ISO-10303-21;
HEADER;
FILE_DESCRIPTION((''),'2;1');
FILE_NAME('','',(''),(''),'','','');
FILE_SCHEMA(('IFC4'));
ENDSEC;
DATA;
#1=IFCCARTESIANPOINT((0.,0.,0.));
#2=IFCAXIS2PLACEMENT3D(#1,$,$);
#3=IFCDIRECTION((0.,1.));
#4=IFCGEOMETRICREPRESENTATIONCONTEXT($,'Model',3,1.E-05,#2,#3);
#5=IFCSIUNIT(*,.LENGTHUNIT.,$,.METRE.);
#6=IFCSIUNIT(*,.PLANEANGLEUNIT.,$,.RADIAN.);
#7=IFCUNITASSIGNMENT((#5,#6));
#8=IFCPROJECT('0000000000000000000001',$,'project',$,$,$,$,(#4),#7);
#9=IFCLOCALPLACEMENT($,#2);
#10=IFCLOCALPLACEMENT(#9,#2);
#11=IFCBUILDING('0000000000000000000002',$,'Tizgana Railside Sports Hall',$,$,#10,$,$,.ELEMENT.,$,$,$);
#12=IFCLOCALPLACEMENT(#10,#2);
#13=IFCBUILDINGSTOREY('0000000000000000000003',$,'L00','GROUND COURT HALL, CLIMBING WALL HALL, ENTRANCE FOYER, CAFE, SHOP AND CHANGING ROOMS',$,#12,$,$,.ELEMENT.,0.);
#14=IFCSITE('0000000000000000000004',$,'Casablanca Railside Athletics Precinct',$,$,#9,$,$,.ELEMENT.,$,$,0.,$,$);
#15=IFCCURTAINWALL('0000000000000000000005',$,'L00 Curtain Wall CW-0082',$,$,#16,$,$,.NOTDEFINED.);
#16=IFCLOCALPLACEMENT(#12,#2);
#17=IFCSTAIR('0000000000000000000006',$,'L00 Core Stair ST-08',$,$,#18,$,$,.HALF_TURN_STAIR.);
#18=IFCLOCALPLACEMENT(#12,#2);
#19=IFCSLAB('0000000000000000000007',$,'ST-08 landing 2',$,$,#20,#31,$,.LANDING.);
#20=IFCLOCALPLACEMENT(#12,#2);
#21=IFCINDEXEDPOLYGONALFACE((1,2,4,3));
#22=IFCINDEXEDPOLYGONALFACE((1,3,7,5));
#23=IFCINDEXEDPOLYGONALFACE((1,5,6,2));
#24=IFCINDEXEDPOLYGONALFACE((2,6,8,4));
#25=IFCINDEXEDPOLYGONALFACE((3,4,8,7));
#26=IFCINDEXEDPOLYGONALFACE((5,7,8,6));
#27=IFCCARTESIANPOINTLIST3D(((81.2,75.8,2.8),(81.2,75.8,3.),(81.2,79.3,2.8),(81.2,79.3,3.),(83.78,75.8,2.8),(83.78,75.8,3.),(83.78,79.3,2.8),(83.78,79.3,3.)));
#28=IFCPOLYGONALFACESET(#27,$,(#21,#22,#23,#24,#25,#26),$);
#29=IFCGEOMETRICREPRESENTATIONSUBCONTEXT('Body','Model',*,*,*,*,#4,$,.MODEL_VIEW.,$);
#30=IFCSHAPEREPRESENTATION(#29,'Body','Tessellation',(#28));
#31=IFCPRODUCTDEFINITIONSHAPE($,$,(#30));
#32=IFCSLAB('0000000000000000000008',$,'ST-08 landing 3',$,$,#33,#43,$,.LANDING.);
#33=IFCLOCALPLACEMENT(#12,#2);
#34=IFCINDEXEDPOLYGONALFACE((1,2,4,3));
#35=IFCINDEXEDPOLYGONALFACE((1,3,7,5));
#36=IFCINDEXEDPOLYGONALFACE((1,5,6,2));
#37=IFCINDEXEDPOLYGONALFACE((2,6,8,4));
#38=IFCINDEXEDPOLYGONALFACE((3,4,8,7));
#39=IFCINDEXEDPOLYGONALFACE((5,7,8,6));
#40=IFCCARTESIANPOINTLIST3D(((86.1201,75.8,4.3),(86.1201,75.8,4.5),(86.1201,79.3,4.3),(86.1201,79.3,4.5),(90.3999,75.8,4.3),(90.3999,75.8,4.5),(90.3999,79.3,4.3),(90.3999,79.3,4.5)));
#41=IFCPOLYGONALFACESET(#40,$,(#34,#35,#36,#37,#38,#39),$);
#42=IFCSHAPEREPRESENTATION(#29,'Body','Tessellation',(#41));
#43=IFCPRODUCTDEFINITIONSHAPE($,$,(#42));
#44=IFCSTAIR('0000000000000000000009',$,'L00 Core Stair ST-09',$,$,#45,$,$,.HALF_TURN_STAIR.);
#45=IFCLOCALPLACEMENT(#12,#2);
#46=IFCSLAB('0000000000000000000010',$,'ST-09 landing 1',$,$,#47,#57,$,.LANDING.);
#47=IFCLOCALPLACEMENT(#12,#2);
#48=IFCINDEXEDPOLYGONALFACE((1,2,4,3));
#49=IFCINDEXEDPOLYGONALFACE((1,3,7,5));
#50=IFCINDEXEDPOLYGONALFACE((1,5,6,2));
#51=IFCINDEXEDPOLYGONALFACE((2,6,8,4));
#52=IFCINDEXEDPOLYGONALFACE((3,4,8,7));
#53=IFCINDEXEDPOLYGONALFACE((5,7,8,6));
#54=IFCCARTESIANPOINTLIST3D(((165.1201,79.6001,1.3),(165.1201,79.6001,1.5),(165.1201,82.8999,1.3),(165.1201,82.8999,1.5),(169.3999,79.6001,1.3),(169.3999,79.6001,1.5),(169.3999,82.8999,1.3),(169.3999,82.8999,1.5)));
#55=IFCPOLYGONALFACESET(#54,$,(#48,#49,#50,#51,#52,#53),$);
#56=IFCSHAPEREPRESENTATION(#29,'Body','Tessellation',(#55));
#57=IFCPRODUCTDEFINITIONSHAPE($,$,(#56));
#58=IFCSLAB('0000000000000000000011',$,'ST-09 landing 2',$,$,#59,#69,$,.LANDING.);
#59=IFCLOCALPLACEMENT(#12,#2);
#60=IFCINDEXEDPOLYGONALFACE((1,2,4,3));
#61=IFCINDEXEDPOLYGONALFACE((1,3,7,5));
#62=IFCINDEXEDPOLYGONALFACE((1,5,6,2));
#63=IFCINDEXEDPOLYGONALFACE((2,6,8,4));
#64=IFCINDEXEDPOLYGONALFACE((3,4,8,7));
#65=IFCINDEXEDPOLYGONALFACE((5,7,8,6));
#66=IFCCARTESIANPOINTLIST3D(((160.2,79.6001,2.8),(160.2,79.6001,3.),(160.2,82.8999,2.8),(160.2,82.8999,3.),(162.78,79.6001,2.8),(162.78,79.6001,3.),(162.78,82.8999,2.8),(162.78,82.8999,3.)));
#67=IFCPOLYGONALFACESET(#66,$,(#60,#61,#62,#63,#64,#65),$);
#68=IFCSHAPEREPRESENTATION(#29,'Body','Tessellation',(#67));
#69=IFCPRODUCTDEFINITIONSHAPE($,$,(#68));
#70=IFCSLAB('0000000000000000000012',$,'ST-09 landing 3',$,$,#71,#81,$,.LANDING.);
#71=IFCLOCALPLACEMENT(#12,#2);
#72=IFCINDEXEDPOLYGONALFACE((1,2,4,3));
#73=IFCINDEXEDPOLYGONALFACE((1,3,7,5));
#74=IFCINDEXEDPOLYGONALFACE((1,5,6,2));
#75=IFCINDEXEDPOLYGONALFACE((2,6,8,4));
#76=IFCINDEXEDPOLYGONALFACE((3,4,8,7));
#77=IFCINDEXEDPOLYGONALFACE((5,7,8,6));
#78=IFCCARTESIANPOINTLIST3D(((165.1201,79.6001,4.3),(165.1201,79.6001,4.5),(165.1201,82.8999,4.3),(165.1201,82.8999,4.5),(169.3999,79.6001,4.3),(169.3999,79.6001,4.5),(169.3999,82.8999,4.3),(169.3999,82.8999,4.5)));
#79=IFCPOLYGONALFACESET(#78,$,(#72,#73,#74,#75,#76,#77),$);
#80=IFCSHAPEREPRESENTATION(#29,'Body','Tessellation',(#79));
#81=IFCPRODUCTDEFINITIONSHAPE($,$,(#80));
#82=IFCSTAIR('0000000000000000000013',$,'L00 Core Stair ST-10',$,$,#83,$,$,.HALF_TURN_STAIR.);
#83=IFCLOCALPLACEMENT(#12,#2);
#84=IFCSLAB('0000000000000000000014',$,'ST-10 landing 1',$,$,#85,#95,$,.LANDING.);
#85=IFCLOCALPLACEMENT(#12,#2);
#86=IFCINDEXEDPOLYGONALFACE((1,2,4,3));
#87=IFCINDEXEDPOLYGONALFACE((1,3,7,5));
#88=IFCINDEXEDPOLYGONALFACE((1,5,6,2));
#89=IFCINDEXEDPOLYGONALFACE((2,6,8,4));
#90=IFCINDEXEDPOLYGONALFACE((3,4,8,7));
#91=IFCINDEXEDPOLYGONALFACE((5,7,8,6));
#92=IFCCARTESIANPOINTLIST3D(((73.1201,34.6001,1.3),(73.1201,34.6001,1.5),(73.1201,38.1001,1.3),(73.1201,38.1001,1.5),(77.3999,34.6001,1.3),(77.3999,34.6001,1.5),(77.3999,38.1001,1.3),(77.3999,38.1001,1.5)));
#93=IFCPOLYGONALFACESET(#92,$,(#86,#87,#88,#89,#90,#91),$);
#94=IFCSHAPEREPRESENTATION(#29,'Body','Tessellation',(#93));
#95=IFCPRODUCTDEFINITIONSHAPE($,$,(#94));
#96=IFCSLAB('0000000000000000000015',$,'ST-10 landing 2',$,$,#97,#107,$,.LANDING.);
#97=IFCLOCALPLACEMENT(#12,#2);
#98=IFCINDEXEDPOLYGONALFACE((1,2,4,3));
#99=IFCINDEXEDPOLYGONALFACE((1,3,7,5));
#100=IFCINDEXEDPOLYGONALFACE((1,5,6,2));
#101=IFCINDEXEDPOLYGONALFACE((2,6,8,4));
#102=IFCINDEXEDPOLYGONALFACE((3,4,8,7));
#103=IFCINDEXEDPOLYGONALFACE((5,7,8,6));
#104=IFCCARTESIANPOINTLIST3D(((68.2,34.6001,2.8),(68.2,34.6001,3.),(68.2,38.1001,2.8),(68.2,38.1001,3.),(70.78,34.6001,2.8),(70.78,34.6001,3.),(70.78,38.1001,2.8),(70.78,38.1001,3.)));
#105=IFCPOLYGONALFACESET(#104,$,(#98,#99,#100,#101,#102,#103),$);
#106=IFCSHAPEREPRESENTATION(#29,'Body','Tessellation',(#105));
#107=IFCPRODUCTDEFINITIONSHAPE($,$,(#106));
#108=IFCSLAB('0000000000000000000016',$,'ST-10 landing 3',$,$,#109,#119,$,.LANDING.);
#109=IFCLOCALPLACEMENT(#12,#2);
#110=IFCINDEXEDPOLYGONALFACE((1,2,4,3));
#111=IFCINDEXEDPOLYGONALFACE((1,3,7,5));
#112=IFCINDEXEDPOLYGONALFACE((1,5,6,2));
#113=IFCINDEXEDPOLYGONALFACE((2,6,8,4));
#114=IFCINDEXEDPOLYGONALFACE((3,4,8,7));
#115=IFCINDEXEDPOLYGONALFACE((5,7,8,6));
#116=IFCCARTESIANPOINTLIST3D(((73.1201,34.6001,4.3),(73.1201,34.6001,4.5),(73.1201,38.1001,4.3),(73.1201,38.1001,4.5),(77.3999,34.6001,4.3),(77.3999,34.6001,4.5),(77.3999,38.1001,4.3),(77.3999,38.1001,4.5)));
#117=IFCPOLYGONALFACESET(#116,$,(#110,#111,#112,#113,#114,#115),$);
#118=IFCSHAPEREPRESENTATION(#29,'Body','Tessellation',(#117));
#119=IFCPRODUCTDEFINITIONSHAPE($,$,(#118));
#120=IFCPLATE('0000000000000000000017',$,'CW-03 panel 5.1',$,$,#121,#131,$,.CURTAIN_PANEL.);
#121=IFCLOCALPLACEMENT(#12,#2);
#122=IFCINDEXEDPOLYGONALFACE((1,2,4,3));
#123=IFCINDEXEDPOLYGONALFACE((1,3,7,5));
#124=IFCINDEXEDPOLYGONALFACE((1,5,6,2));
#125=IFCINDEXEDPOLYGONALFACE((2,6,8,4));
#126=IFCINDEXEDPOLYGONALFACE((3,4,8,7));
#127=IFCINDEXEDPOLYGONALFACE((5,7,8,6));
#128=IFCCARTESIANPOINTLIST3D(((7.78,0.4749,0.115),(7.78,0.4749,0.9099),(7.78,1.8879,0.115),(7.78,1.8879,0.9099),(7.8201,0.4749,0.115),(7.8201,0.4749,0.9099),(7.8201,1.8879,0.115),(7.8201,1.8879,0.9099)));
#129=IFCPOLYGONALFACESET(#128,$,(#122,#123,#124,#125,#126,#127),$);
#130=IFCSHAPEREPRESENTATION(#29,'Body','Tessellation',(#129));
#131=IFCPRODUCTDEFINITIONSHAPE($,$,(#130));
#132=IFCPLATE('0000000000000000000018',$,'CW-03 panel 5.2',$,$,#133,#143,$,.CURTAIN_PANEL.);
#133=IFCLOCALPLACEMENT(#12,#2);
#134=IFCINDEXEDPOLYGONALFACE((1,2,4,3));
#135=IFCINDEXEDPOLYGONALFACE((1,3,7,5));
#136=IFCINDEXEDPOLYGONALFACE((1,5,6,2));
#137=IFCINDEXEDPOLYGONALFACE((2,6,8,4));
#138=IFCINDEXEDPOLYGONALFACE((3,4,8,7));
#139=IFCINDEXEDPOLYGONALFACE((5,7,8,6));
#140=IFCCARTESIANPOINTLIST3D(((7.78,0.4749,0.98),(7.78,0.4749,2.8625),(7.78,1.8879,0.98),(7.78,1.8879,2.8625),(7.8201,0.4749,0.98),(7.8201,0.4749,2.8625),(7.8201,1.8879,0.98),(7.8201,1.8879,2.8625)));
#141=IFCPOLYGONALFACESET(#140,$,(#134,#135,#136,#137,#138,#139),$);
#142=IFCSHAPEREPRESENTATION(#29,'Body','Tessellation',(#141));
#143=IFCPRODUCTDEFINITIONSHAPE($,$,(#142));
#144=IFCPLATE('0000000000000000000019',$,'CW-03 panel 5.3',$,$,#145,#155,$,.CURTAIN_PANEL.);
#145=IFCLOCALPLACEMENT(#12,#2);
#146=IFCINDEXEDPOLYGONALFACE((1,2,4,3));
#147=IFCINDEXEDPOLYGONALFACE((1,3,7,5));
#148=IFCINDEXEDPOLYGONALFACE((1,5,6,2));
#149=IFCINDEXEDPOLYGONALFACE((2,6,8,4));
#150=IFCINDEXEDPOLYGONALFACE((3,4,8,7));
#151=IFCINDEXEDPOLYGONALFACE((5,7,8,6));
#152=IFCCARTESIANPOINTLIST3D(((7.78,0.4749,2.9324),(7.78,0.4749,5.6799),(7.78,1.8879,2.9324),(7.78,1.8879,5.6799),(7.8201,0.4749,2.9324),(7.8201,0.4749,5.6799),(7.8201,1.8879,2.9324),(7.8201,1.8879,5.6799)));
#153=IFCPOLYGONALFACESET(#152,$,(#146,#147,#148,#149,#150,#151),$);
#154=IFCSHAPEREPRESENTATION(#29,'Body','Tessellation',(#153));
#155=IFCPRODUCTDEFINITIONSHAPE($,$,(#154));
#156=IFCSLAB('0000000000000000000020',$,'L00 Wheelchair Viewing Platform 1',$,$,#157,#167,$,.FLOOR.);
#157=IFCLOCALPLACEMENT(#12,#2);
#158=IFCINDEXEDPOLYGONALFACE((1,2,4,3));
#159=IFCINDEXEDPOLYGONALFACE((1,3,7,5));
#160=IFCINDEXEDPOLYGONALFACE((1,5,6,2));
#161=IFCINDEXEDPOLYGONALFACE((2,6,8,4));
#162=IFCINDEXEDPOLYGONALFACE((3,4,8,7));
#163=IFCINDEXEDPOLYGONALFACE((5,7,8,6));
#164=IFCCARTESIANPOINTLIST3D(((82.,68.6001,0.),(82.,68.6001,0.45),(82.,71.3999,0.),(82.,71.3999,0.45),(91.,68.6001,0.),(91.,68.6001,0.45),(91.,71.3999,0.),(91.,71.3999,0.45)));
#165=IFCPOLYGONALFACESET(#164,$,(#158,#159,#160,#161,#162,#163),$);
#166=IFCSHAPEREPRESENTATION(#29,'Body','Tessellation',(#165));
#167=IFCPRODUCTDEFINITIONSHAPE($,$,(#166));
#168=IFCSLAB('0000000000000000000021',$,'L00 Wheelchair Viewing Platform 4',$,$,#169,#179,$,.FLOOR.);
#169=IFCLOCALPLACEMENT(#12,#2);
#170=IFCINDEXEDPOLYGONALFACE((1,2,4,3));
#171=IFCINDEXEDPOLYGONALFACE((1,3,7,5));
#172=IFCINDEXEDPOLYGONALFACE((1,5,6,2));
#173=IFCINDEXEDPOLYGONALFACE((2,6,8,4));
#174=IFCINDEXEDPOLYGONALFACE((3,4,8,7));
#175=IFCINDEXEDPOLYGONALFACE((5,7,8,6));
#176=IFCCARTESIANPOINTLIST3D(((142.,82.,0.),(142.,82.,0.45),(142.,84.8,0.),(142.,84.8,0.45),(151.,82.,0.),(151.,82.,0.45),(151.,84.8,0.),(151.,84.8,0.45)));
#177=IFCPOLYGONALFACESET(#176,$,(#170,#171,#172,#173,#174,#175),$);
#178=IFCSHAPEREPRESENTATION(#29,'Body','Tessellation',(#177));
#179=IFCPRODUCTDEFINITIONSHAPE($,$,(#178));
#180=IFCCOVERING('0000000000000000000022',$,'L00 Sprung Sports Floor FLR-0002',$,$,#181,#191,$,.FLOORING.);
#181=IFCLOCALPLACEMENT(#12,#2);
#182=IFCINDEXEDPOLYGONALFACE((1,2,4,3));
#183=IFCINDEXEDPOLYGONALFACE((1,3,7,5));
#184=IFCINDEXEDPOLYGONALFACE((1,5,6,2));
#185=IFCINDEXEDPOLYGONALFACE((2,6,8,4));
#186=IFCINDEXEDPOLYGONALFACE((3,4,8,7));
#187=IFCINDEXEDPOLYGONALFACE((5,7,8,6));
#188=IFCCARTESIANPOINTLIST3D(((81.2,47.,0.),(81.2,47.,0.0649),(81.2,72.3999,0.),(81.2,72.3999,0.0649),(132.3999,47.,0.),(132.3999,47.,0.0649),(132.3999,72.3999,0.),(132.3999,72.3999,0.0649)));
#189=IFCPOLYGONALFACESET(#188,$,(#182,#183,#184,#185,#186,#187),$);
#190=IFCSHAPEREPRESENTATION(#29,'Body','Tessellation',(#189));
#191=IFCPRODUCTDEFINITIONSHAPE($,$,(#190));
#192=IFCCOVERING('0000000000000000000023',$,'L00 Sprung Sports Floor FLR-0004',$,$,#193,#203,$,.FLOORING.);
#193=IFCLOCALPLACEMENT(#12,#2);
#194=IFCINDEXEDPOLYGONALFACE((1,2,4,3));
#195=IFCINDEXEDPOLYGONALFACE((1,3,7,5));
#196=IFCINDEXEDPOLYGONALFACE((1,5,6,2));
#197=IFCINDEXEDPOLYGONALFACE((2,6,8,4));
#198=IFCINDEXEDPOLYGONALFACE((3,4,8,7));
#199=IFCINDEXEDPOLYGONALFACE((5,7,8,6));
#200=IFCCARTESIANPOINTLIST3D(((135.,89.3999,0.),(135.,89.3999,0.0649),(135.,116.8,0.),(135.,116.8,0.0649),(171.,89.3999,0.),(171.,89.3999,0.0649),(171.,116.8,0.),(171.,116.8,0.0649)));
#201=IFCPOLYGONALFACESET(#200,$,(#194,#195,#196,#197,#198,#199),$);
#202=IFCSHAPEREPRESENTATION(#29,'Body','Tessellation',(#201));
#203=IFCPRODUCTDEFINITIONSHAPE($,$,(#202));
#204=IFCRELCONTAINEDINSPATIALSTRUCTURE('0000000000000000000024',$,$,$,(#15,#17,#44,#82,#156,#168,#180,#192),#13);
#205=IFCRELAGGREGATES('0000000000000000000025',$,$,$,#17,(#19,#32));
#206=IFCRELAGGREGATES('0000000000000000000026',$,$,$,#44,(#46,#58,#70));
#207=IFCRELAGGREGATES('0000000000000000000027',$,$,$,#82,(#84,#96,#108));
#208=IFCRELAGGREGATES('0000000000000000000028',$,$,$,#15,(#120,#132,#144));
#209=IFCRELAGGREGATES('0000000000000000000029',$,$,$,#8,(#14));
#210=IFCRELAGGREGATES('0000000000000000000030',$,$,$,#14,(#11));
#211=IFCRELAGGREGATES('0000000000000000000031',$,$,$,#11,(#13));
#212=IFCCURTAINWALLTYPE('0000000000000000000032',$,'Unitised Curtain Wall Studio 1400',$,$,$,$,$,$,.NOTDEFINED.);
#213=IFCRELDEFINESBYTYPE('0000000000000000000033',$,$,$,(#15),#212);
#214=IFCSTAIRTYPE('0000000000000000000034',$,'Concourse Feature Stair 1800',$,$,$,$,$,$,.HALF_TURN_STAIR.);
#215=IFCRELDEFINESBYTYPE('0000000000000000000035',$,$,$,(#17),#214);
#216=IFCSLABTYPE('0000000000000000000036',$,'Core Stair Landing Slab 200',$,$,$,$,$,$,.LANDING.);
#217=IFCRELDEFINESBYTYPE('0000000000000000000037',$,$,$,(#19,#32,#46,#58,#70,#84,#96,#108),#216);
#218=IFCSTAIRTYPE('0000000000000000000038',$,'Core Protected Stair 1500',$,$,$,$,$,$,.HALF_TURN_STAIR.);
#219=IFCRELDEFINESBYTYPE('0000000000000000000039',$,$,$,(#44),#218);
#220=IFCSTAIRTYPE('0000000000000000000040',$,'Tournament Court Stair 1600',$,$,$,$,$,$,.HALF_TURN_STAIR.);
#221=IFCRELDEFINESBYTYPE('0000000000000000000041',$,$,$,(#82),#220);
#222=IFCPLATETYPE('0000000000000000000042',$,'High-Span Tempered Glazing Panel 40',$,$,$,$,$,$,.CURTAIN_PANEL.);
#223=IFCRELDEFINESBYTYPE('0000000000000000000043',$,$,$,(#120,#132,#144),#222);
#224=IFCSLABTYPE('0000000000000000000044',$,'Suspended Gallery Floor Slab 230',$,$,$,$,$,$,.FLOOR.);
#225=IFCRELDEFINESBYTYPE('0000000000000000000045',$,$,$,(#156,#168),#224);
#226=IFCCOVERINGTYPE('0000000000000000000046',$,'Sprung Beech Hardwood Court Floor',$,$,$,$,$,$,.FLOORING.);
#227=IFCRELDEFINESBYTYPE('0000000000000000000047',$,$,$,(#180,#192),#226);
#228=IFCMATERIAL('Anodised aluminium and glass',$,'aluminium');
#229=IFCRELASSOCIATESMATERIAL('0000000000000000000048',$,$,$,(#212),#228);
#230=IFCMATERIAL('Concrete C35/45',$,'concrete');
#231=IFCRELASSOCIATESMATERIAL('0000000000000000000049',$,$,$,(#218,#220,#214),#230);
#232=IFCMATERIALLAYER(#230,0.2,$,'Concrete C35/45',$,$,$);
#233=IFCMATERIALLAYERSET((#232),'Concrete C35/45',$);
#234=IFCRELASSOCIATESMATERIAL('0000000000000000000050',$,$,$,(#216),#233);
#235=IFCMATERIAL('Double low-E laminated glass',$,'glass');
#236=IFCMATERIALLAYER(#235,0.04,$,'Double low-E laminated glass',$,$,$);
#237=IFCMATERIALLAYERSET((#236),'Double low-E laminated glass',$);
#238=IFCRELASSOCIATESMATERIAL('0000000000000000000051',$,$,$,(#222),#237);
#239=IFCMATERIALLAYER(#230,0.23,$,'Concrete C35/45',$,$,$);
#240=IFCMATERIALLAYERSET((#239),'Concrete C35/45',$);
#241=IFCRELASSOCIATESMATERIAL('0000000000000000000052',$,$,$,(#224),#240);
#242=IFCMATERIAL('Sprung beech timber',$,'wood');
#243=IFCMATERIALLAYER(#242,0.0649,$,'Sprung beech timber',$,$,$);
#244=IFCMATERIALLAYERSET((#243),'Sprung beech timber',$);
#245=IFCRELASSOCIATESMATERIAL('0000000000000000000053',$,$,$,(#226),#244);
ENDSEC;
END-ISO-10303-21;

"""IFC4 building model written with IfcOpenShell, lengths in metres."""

from ifc_helpers import new_model, si_unit, direction, frame, origin, origin_2d, place, context, subcontext, project, spatial, polyline, rectangle, outline, extrude, material, layer, layer_set, type_object, element, aggregate, save


model = new_model("IFC4")

# Units and contexts
model_context = context("Model", 3, precision=1e-05, world=origin(), true_north=direction((0.0, 1.0)))
body_context = subcontext(model_context, "Body", "Model", "MODEL_VIEW")
ifc_project = project(units=[si_unit("LENGTHUNIT", "METRE"), si_unit("PLANEANGLEUNIT", "RADIAN")], contexts=[model_context])

# Site, building, storey
site_placement = place(None, origin())
site = spatial("IfcSite", under=ifc_project, at=site_placement, Name="Casablanca Railside Athletics Precinct", CompositionType="ELEMENT", RefElevation=0.0)
building_placement = place(site_placement, origin())
building = spatial("IfcBuilding", under=site, at=building_placement, Name="Tizgana Railside Sports Hall", CompositionType="ELEMENT")
storey_placement = place(building_placement, origin())
storey = spatial("IfcBuildingStorey", under=building, at=storey_placement, Name="L00", Description="GROUND COURT HALL, CLIMBING WALL HALL, ENTRANCE FOYER, CAFE, SHOP AND CHANGING ROOMS", CompositionType="ELEMENT", Elevation=0.0)

# Curtain wall
ifc_material_1 = material(Name="Anodised aluminium and glass", Category="aluminium")
curtain_wall_type = type_object("IfcCurtainWallType", Name="Unitised Curtain Wall Studio 1400", PredefinedType="NOTDEFINED", material=ifc_material_1)
curtain_wall_placement = place(storey_placement, origin())
curtain_wall = element("IfcCurtainWall", 1, at=curtain_wall_placement, inside=storey, type_object=curtain_wall_type, Name="L00 Curtain Wall CW-0082", PredefinedType="NOTDEFINED")

# Shared definitions
ifc_material_2 = material(Name="Concrete C35/45", Category="concrete")
stair_type_1 = type_object("IfcStairType", Name="Core Protected Stair 1500", PredefinedType="HALF_TURN_STAIR", material=ifc_material_2)
ifc_layer_1 = layer(ifc_material_2, 0.2, Name="Concrete C35/45")
ifc_layer_set_1 = layer_set([ifc_layer_1], Name="Concrete C35/45")
slab_type_1 = type_object("IfcSlabType", Name="Core Stair Landing Slab 200", PredefinedType="LANDING", material=ifc_layer_set_1)

# Stairs, slabs
stair_type_2 = type_object("IfcStairType", Name="Tournament Court Stair 1600", PredefinedType="HALF_TURN_STAIR", material=ifc_material_2)
stair_type_3 = type_object("IfcStairType", Name="Concourse Feature Stair 1800", PredefinedType="HALF_TURN_STAIR", material=ifc_material_2)
stair_1_placement = place(storey_placement, origin())
stair_1 = element("IfcStair", 2, at=stair_1_placement, inside=storey, type_object=stair_type_3, Name="L00 Core Stair ST-08", PredefinedType="HALF_TURN_STAIR")
slab_1_placement = place(storey_placement, frame((0.0, 0.0, 2.8)))
slab_1 = element("IfcSlab", 3, at=slab_1_placement, type_object=slab_type_1, Name="ST-08 landing 2", PredefinedType="LANDING", context=body_context, shape_type="SweptSolid", body=[
    extrude(outline(polyline([(81.2, 75.8), (83.78, 75.8), (83.78, 79.3), (81.2, 79.3), (81.2, 75.8)])), origin(), (0.0, 0.0, 1.0), 0.2),
])
slab_2_placement = place(storey_placement, frame((0.0, 0.0, 4.3)))
slab_2 = element("IfcSlab", 4, at=slab_2_placement, type_object=slab_type_1, Name="ST-08 landing 3", PredefinedType="LANDING", context=body_context, shape_type="SweptSolid", body=[
    extrude(outline(polyline([(86.1201, 75.8), (90.3999, 75.8), (90.3999, 79.3), (86.1201, 79.3), (86.1201, 75.8)])), origin(), (0.0, 0.0, 1.0), 0.2),
])
aggregate(stair_1, [slab_1, slab_2])
stair_2_placement = place(storey_placement, origin())
stair_2 = element("IfcStair", 5, at=stair_2_placement, inside=storey, type_object=stair_type_1, Name="L00 Core Stair ST-09", PredefinedType="HALF_TURN_STAIR")
slab_3_placement = place(storey_placement, frame((0.0, 0.0, 1.3)))
slab_3 = element("IfcSlab", 6, at=slab_3_placement, type_object=slab_type_1, Name="ST-09 landing 1", PredefinedType="LANDING", context=body_context, shape_type="SweptSolid", body=[
    extrude(outline(polyline([(165.1201, 79.6001), (169.3999, 79.6001), (169.3999, 82.8999), (165.1201, 82.8999), (165.1201, 79.6001)])), origin(), (0.0, 0.0, 1.0), 0.2),
])
slab_4_placement = place(storey_placement, frame((0.0, 0.0, 2.8)))
slab_4 = element("IfcSlab", 7, at=slab_4_placement, type_object=slab_type_1, Name="ST-09 landing 2", PredefinedType="LANDING", context=body_context, shape_type="SweptSolid", body=[
    extrude(outline(polyline([(160.2, 79.6001), (162.78, 79.6001), (162.78, 82.8999), (160.2, 82.8999), (160.2, 79.6001)])), origin(), (0.0, 0.0, 1.0), 0.2),
])
slab_5_placement = place(storey_placement, frame((0.0, 0.0, 4.3)))
slab_5 = element("IfcSlab", 8, at=slab_5_placement, type_object=slab_type_1, Name="ST-09 landing 3", PredefinedType="LANDING", context=body_context, shape_type="SweptSolid", body=[
    extrude(outline(polyline([(165.1201, 79.6001), (169.3999, 79.6001), (169.3999, 82.8999), (165.1201, 82.8999), (165.1201, 79.6001)])), origin(), (0.0, 0.0, 1.0), 0.2),
])
aggregate(stair_2, [slab_3, slab_4, slab_5])
stair_3_placement = place(storey_placement, origin())
stair_3 = element("IfcStair", 9, at=stair_3_placement, inside=storey, type_object=stair_type_2, Name="L00 Core Stair ST-10", PredefinedType="HALF_TURN_STAIR")
slab_6_placement = place(storey_placement, frame((0.0, 0.0, 1.3)))
slab_6 = element("IfcSlab", 10, at=slab_6_placement, type_object=slab_type_1, Name="ST-10 landing 1", PredefinedType="LANDING", context=body_context, shape_type="SweptSolid", body=[
    extrude(outline(polyline([(73.1201, 34.6001), (77.3999, 34.6001), (77.3999, 38.1001), (73.1201, 38.1001), (73.1201, 34.6001)])), origin(), (0.0, 0.0, 1.0), 0.2),
])
slab_7_placement = place(storey_placement, frame((0.0, 0.0, 2.8)))
slab_7 = element("IfcSlab", 11, at=slab_7_placement, type_object=slab_type_1, Name="ST-10 landing 2", PredefinedType="LANDING", context=body_context, shape_type="SweptSolid", body=[
    extrude(outline(polyline([(68.2, 34.6001), (70.78, 34.6001), (70.78, 38.1001), (68.2, 38.1001), (68.2, 34.6001)])), origin(), (0.0, 0.0, 1.0), 0.2),
])
slab_8_placement = place(storey_placement, frame((0.0, 0.0, 4.3)))
slab_8 = element("IfcSlab", 12, at=slab_8_placement, type_object=slab_type_1, Name="ST-10 landing 3", PredefinedType="LANDING", context=body_context, shape_type="SweptSolid", body=[
    extrude(outline(polyline([(73.1201, 34.6001), (77.3999, 34.6001), (77.3999, 38.1001), (73.1201, 38.1001), (73.1201, 34.6001)])), origin(), (0.0, 0.0, 1.0), 0.2),
])
aggregate(stair_3, [slab_6, slab_7, slab_8])

# Plates
ifc_material_3 = material(Name="Double low-E laminated glass", Category="glass")
ifc_layer_2 = layer(ifc_material_3, 0.04, Name="Double low-E laminated glass")
ifc_layer_set_2 = layer_set([ifc_layer_2], Name="Double low-E laminated glass")
plate_type = type_object("IfcPlateType", Name="High-Span Tempered Glazing Panel 40", PredefinedType="CURTAIN_PANEL", material=ifc_layer_set_2)
plate_1_placement = place(storey_placement, frame((7.8, 1.1814, 0.115), z_axis=(0.0, 0.0, 1.0), x_axis=(0.0, -1.0, 0.0)))
plate_1 = element("IfcPlate", 13, at=plate_1_placement, type_object=plate_type, Name="CW-03 panel 5.1", PredefinedType="CURTAIN_PANEL", context=body_context, shape_type="SweptSolid", body=[
    extrude(rectangle(XDim=1.4131, YDim=0.04, at=origin_2d()), origin(), (0.0, 0.0, 1.0), 0.7949),
])
plate_2_placement = place(storey_placement, frame((7.8, 1.1814, 0.98), z_axis=(0.0, 0.0, 1.0), x_axis=(0.0, -1.0, 0.0)))
plate_2 = element("IfcPlate", 14, at=plate_2_placement, type_object=plate_type, Name="CW-03 panel 5.2", PredefinedType="CURTAIN_PANEL", context=body_context, shape_type="SweptSolid", body=[
    extrude(rectangle(XDim=1.4131, YDim=0.04, at=origin_2d()), origin(), (0.0, 0.0, 1.0), 1.8826),
])
plate_3_placement = place(storey_placement, frame((7.8, 1.1814, 2.9324), z_axis=(0.0, 0.0, 1.0), x_axis=(0.0, -1.0, 0.0)))
plate_3 = element("IfcPlate", 15, at=plate_3_placement, type_object=plate_type, Name="CW-03 panel 5.3", PredefinedType="CURTAIN_PANEL", context=body_context, shape_type="SweptSolid", body=[
    extrude(rectangle(XDim=1.4131, YDim=0.04, at=origin_2d()), origin(), (0.0, 0.0, 1.0), 2.7476),
])
aggregate(curtain_wall, [plate_1, plate_2, plate_3])

# Slabs
ifc_layer_3 = layer(ifc_material_2, 0.23, Name="Concrete C35/45")
ifc_layer_set_3 = layer_set([ifc_layer_3], Name="Concrete C35/45")
slab_type_2 = type_object("IfcSlabType", Name="Suspended Gallery Floor Slab 230", PredefinedType="FLOOR", material=ifc_layer_set_3)
slab_9_placement = place(storey_placement, origin())
element("IfcSlab", 16, at=slab_9_placement, inside=storey, type_object=slab_type_2, Name="L00 Wheelchair Viewing Platform 1", PredefinedType="FLOOR", context=body_context, shape_type="SweptSolid", body=[
    extrude(outline(polyline([(82.0, 68.6001), (91.0, 68.6001), (91.0, 71.3999), (82.0, 71.3999), (82.0, 68.6001)])), origin(), (0.0, 0.0, 1.0), 0.45),
])
slab_10_placement = place(storey_placement, origin())
element("IfcSlab", 17, at=slab_10_placement, inside=storey, type_object=slab_type_2, Name="L00 Wheelchair Viewing Platform 4", PredefinedType="FLOOR", context=body_context, shape_type="SweptSolid", body=[
    extrude(outline(polyline([(142.0, 82.0), (151.0, 82.0), (151.0, 84.8), (142.0, 84.8), (142.0, 82.0)])), origin(), (0.0, 0.0, 1.0), 0.45),
])

# Coverings
ifc_material_4 = material(Name="Sprung beech timber", Category="wood")
ifc_layer_4 = layer(ifc_material_4, 0.0649, Name="Sprung beech timber")
ifc_layer_set_4 = layer_set([ifc_layer_4], Name="Sprung beech timber")
covering_type = type_object("IfcCoveringType", Name="Sprung Beech Hardwood Court Floor", PredefinedType="FLOORING", material=ifc_layer_set_4)
covering_1_placement = place(storey_placement, origin())
element("IfcCovering", 18, at=covering_1_placement, inside=storey, type_object=covering_type, Name="L00 Sprung Sports Floor FLR-0002", PredefinedType="FLOORING", context=body_context, shape_type="SweptSolid", body=[
    extrude(outline(polyline([(81.2, 47.0), (132.3999, 47.0), (132.3999, 72.3999), (81.2, 72.3999), (81.2, 47.0)])), origin(), (0.0, 0.0, 1.0), 0.0649),
])
covering_2_placement = place(storey_placement, origin())
element("IfcCovering", 19, at=covering_2_placement, inside=storey, type_object=covering_type, Name="L00 Sprung Sports Floor FLR-0004", PredefinedType="FLOORING", context=body_context, shape_type="SweptSolid", body=[
    extrude(outline(polyline([(135.0, 89.3999), (171.0, 89.3999), (171.0, 116.8), (135.0, 116.8), (135.0, 89.3999)])), origin(), (0.0, 0.0, 1.0), 0.0649),
])

save(model, "model.ifc")
